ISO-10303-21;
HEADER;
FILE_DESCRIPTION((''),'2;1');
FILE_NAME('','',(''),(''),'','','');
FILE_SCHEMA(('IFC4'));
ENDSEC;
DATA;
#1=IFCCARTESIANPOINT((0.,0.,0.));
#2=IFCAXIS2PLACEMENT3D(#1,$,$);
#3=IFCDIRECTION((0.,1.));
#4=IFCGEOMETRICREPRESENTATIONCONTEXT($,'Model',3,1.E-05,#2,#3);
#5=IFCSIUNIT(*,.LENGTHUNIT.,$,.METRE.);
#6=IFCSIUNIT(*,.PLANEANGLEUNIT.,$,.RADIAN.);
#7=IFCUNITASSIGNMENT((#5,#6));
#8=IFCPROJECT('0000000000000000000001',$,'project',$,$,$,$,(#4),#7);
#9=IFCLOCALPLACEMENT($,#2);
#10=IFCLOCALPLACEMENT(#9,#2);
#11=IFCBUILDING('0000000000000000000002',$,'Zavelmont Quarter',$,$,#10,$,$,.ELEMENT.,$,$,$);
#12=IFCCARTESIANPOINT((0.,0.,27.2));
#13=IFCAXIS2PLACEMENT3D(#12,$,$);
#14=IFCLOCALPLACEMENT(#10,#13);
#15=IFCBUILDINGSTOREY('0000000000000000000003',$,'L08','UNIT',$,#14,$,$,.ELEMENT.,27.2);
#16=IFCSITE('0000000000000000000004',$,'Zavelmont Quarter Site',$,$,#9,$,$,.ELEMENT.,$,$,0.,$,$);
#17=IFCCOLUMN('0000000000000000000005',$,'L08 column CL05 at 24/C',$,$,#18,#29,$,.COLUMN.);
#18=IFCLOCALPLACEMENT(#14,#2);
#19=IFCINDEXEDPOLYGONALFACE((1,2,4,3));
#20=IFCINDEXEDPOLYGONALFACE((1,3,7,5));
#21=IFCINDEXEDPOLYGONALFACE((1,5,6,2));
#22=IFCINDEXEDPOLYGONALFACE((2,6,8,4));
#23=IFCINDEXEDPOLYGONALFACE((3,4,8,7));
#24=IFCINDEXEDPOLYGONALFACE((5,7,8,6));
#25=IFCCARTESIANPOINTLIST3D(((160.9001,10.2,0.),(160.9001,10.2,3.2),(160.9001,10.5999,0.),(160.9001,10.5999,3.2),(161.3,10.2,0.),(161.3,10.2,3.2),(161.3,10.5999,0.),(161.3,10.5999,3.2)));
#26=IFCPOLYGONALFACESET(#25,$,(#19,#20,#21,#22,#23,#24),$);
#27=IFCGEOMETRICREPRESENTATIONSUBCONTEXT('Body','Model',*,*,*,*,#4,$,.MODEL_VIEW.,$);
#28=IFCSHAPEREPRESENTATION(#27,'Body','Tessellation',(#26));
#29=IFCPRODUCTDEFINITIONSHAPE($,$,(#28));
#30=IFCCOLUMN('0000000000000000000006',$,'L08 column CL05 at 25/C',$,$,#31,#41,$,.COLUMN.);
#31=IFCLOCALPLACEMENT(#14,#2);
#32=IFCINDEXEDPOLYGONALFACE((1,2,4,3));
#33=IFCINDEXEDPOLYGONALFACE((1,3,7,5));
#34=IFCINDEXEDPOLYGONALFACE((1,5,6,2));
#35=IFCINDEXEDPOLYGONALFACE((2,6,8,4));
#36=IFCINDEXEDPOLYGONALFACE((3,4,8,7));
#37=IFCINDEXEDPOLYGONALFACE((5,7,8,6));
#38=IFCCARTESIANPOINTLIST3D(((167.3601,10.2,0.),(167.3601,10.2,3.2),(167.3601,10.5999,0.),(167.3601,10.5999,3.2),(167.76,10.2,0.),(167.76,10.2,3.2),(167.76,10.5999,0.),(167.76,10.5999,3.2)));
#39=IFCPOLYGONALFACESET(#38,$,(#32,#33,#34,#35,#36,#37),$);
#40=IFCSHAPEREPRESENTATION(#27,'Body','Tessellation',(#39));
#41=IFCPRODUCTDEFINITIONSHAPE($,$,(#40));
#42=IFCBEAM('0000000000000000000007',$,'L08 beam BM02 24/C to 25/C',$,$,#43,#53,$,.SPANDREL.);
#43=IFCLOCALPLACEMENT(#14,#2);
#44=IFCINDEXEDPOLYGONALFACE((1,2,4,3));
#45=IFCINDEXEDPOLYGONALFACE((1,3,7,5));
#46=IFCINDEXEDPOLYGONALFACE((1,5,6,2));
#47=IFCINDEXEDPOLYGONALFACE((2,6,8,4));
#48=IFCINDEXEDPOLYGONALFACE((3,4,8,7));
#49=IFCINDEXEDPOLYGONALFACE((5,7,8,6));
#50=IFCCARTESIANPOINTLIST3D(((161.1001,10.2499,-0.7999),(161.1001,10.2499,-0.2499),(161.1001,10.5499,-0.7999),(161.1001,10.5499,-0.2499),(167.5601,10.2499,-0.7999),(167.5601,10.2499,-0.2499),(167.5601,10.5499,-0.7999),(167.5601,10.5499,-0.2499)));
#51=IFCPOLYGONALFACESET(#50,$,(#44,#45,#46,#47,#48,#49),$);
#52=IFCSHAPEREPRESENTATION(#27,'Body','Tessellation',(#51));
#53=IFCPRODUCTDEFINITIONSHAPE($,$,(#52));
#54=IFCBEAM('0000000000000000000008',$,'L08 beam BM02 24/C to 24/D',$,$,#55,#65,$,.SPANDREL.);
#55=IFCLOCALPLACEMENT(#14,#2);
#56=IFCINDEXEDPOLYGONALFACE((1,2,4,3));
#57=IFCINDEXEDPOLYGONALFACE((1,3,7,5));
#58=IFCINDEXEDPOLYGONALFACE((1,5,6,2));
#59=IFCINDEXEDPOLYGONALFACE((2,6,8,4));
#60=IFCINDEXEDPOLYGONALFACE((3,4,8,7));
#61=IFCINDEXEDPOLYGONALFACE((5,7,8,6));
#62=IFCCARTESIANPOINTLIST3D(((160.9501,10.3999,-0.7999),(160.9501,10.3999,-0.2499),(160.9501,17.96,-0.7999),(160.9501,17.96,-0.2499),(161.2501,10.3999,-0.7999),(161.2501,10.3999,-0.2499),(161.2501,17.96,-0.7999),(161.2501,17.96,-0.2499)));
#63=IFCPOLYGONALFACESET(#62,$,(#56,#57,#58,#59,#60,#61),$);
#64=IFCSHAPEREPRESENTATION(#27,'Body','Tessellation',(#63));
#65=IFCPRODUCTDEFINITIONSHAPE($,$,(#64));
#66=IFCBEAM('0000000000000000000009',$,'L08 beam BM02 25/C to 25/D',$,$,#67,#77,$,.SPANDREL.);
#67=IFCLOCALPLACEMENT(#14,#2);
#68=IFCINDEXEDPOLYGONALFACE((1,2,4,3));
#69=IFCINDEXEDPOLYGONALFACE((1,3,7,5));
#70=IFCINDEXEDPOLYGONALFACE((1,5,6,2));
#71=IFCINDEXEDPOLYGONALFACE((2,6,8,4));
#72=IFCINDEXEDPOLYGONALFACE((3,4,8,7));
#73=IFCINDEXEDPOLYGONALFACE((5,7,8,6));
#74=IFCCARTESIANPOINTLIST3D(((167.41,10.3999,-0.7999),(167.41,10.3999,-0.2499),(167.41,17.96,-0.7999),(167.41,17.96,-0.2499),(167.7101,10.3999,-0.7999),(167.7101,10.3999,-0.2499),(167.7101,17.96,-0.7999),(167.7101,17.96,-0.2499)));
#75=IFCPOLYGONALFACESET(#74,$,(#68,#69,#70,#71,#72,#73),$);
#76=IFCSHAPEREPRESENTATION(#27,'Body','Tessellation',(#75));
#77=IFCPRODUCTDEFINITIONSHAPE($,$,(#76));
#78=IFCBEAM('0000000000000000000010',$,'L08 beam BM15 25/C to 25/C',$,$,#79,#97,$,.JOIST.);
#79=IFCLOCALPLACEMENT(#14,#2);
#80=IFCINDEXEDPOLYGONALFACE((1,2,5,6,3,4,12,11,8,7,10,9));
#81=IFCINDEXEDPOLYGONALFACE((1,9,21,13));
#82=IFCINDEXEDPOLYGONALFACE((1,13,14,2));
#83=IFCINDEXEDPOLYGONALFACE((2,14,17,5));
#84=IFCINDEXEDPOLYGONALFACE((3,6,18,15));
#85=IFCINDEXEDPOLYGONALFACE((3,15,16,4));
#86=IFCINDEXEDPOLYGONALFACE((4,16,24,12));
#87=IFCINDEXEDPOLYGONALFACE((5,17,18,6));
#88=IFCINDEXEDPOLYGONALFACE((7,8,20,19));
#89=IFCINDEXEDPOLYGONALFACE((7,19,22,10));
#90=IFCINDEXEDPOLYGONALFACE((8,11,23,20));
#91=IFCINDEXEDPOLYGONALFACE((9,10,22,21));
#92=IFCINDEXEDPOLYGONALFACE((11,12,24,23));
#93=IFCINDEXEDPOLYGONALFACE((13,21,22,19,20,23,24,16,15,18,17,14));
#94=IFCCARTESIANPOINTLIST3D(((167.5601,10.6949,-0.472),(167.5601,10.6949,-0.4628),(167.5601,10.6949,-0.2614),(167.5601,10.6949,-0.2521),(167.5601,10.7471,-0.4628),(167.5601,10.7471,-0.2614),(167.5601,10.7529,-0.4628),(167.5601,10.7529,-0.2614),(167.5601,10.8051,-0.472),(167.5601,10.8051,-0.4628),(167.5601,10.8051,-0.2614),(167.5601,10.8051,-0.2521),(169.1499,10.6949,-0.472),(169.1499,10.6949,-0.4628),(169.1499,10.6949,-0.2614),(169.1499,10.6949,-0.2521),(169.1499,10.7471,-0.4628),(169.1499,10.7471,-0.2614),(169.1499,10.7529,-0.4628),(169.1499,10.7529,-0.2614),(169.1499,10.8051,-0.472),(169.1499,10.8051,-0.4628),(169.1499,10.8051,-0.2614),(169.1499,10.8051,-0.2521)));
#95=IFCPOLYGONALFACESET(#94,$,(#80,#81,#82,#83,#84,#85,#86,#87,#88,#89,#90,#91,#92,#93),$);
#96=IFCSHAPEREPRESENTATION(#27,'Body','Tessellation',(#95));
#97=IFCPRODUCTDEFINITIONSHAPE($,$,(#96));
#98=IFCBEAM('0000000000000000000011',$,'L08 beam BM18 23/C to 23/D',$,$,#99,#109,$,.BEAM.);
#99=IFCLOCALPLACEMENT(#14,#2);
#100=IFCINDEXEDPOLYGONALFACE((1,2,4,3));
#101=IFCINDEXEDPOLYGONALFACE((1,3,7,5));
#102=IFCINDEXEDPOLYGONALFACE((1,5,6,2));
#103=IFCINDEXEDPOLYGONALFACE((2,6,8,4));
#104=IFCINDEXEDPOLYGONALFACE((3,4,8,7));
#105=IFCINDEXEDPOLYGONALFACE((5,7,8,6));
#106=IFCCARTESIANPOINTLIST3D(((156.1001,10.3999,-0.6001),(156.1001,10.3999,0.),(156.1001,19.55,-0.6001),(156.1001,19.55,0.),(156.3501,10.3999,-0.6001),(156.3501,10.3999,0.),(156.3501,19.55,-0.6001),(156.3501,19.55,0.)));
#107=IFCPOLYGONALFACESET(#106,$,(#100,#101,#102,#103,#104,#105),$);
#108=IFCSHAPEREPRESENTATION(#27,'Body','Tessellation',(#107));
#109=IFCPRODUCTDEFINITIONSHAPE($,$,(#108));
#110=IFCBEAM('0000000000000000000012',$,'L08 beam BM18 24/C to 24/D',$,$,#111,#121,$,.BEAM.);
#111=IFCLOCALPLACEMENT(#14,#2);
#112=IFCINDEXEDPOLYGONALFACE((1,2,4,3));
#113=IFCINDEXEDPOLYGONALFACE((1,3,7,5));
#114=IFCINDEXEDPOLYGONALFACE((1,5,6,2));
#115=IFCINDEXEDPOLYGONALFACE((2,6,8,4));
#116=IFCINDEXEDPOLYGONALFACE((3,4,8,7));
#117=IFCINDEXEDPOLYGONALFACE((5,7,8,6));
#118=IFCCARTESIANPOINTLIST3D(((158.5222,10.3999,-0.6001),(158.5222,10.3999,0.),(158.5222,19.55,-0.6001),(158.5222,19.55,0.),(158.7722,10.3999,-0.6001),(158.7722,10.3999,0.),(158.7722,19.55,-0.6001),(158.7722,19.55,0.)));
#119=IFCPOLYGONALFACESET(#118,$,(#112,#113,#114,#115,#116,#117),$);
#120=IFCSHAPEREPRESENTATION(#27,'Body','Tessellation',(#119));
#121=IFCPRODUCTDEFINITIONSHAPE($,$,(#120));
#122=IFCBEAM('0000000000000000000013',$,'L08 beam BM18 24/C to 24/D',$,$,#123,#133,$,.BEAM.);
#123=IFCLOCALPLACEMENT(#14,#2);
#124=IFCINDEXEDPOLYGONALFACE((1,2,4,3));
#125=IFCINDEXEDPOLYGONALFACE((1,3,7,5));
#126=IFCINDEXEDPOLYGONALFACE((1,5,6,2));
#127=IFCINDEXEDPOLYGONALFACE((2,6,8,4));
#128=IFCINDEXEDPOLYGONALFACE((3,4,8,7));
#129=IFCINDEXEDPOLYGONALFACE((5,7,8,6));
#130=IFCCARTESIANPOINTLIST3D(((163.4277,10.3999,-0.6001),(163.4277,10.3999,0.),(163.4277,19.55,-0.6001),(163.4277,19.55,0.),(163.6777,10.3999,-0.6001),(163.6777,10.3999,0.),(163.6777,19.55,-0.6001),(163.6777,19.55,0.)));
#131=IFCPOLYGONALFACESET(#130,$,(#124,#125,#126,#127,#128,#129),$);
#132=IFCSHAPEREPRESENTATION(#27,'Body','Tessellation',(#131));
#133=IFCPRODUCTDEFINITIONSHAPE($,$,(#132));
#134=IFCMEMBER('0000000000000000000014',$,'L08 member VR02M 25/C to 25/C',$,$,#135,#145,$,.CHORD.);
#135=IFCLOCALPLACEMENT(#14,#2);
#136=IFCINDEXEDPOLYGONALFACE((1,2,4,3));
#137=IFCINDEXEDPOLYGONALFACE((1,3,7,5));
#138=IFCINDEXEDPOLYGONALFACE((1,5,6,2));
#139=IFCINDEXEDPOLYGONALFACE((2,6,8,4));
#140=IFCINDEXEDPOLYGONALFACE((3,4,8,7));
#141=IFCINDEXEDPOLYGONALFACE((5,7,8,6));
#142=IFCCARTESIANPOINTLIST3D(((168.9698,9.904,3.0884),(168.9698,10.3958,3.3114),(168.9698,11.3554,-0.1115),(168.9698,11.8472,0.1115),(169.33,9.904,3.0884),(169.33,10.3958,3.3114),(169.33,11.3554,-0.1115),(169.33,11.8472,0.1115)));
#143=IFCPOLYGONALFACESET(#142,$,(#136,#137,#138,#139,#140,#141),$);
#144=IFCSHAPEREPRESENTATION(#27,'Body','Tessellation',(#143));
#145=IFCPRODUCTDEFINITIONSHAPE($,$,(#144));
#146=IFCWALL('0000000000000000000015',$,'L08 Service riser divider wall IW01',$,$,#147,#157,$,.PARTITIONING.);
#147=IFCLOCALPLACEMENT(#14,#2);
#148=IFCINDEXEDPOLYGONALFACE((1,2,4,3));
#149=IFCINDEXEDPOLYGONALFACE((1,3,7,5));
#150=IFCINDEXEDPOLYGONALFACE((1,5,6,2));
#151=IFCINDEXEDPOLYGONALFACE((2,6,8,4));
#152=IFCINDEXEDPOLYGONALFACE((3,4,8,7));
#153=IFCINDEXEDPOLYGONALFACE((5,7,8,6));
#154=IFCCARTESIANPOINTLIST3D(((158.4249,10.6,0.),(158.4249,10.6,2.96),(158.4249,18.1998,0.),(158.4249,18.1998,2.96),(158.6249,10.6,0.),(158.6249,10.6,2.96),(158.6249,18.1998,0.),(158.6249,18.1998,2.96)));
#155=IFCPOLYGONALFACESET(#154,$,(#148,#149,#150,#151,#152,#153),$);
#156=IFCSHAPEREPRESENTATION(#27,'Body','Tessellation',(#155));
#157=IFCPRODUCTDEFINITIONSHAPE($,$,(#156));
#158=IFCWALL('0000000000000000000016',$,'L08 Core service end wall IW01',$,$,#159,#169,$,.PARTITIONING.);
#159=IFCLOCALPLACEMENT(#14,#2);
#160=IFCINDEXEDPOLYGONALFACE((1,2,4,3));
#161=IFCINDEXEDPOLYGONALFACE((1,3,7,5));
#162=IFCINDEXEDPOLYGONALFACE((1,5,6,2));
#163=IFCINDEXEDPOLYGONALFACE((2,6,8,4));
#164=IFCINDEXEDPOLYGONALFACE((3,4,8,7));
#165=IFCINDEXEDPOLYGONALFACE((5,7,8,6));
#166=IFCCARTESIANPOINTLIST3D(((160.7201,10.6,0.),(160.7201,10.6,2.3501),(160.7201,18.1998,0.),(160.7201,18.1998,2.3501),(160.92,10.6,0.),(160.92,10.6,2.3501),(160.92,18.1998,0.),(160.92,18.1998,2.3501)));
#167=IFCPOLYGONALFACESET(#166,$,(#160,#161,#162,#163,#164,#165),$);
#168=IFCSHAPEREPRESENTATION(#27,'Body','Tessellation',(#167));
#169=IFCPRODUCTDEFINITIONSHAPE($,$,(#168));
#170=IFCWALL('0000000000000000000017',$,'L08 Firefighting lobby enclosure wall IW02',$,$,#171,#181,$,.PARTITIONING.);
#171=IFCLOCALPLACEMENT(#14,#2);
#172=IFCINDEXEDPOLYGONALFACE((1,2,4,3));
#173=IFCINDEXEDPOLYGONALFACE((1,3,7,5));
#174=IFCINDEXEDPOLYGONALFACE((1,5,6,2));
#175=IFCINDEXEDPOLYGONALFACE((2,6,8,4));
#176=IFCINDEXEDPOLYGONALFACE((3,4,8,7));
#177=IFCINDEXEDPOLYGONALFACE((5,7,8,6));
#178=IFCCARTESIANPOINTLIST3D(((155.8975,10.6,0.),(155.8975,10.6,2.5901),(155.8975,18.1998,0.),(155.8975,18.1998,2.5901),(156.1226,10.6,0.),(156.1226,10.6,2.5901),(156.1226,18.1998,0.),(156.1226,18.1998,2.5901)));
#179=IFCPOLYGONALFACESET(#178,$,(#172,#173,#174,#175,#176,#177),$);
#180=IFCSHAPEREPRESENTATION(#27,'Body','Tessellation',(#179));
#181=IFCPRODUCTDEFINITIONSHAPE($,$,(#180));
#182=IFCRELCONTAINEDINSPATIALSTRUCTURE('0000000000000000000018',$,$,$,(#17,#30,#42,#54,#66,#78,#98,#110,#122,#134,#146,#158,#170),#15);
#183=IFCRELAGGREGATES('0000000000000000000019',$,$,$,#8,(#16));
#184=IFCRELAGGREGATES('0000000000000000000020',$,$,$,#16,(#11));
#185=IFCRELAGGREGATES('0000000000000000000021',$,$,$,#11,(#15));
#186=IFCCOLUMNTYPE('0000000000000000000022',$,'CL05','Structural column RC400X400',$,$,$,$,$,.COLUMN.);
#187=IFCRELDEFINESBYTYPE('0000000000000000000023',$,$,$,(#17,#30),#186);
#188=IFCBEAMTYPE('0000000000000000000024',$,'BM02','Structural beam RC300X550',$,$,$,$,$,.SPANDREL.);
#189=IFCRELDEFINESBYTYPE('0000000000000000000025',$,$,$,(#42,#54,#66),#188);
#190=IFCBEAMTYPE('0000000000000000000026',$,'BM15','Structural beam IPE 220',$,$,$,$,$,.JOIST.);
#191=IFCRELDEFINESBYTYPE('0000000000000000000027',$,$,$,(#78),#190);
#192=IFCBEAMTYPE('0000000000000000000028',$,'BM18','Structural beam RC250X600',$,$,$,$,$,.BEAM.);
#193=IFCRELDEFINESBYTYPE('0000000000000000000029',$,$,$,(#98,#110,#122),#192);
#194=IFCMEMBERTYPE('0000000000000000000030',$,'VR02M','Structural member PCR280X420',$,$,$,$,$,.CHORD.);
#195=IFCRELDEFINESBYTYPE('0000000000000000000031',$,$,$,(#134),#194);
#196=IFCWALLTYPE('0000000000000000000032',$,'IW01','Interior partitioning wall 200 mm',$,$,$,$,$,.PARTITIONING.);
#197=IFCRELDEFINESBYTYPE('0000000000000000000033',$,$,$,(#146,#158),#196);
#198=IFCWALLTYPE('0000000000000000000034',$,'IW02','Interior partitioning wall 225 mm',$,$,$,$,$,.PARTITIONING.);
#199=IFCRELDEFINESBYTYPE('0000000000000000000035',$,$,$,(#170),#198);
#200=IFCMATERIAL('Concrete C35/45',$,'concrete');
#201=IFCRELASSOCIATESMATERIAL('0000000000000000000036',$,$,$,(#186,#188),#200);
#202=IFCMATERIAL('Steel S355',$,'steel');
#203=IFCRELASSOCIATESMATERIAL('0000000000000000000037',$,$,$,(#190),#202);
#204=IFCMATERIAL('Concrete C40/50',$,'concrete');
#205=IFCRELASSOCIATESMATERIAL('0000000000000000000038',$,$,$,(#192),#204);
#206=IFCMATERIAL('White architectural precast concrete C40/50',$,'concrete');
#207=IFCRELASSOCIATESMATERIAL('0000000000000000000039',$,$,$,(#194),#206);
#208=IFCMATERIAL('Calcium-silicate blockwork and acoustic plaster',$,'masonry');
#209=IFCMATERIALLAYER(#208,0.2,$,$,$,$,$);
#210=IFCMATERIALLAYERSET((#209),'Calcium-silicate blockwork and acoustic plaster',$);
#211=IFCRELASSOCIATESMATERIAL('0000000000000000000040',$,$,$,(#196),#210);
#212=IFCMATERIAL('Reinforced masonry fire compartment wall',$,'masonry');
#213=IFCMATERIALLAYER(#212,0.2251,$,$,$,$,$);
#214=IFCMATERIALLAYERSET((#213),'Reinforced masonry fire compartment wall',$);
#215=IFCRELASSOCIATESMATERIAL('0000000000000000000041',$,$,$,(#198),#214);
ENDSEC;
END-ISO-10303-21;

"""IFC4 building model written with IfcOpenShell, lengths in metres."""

from ifc_helpers import new_model, si_unit, direction, frame, frame_2d, origin, origin_2d, place, context, subcontext, project, spatial, rectangle, i_section, extrude, material, layer, layer_set, material_profile, profile_set, type_object, element, save


model = new_model("IFC4")

# Units and contexts
model_context = context("Model", 3, precision=1e-05, world=origin(), true_north=direction((0.0, 1.0)))
body_context = subcontext(model_context, "Body", "Model", "MODEL_VIEW")
ifc_project = project(units=[si_unit("LENGTHUNIT", "METRE"), si_unit("PLANEANGLEUNIT", "RADIAN")], contexts=[model_context])

# Site, building, storey
site_placement = place(None, origin())
site = spatial("IfcSite", under=ifc_project, at=site_placement, Name="Zavelmont Quarter Site", CompositionType="ELEMENT", RefElevation=0.0)
building_placement = place(site_placement, origin())
building = spatial("IfcBuilding", under=site, at=building_placement, Name="Zavelmont Quarter", CompositionType="ELEMENT")
storey_placement = place(building_placement, frame((0.0, 0.0, 27.2)))
storey = spatial("IfcBuildingStorey", under=building, at=storey_placement, Name="L08", Description="UNIT", CompositionType="ELEMENT", Elevation=27.2)

# Columns
ifc_material_1 = material(Name="Concrete C35/45", Category="concrete")
ifc_material_profile_1 = material_profile(ifc_material_1, rectangle(XDim=0.3999, YDim=0.3999, at=origin_2d()), Name="RC400X400")
ifc_profile_set_1 = profile_set([ifc_material_profile_1], Name="Concrete C35/45")
column_type = type_object("IfcColumnType", Name="CL05", Description="Structural column RC400X400", PredefinedType="COLUMN", material=ifc_profile_set_1)
for number, where, z_axis, x_axis, name in (
    (1, (161.1001, 10.3999, 0.0), (0.0, 0.0, 1.0), (1.0, 0.0, 0.0), "L08 column CL05 at 24/C"),
    (2, (167.5601, 10.3999, 0.0), (0.0, 0.0, 1.0), (1.0, 0.0, 0.0), "L08 column CL05 at 25/C"),
):
    element("IfcColumn", number, at=place(storey_placement, frame(where, z_axis=z_axis, x_axis=x_axis)), inside=storey, type_object=column_type, Name=name, PredefinedType="COLUMN", context=body_context, shape_type="SweptSolid", body=[
        extrude(rectangle(XDim=0.3999, YDim=0.3999, at=origin_2d()), origin(), (0.0, 0.0, 1.0), 3.2),
    ])

# Beams
ifc_material_profile_2 = material_profile(ifc_material_1, rectangle(XDim=0.3, YDim=0.55, at=origin_2d()), Name="RC300X550")
ifc_profile_set_2 = profile_set([ifc_material_profile_2], Name="Concrete C35/45")
beam_type_1 = type_object("IfcBeamType", Name="BM02", Description="Structural beam RC300X550", PredefinedType="SPANDREL", material=ifc_profile_set_2)
beam_1_placement = place(storey_placement, frame((161.1001, 10.3999, -0.5249), z_axis=(1.0, 0.0, 0.0), x_axis=(0.0, 1.0, 0.0)))
element("IfcBeam", 3, at=beam_1_placement, inside=storey, type_object=beam_type_1, Name="L08 beam BM02 24/C to 25/C", PredefinedType="SPANDREL", context=body_context, shape_type="SweptSolid", body=[
    extrude(rectangle(XDim=0.3, YDim=0.55, at=origin_2d()), origin(), (0.0, 0.0, 1.0), 6.46),
])
for number, where, z_axis, x_axis, name in (
    (4, (161.1001, 10.3999, -0.5249), (0.0, 1.0, 0.0), (-1.0, 0.0, 0.0), "L08 beam BM02 24/C to 24/D"),
    (5, (167.5601, 10.3999, -0.5249), (0.0, 1.0, 0.0), (-1.0, 0.0, 0.0), "L08 beam BM02 25/C to 25/D"),
):
    element("IfcBeam", number, at=place(storey_placement, frame(where, z_axis=z_axis, x_axis=x_axis)), inside=storey, type_object=beam_type_1, Name=name, PredefinedType="SPANDREL", context=body_context, shape_type="SweptSolid", body=[
        extrude(rectangle(XDim=0.3, YDim=0.55, at=origin_2d()), origin(), (0.0, 0.0, 1.0), 7.5601),
    ])
ifc_material_2 = material(Name="Steel S355", Category="steel")
ifc_material_profile_3 = material_profile(ifc_material_2, i_section(OverallWidth=0.1101, OverallDepth=0.22, WebThickness=0.0059, FlangeThickness=0.0093, at=origin_2d()), Name="IPE 220")
ifc_profile_set_3 = profile_set([ifc_material_profile_3], Name="Steel S355")
beam_type_2 = type_object("IfcBeamType", Name="BM15", Description="Structural beam IPE 220", PredefinedType="JOIST", material=ifc_profile_set_3)
beam_2_placement = place(storey_placement, frame((167.5601, 10.75, -0.3621), z_axis=(1.0, 0.0, 0.0), x_axis=(0.0, 1.0, 0.0)))
element("IfcBeam", 6, at=beam_2_placement, inside=storey, type_object=beam_type_2, Name="L08 beam BM15 25/C to 25/C", PredefinedType="JOIST", context=body_context, shape_type="SweptSolid", body=[
    extrude(i_section(OverallWidth=0.1101, OverallDepth=0.22, WebThickness=0.0059, FlangeThickness=0.0093, at=origin_2d()), origin(), (0.0, 0.0, 1.0), 1.5898),
])
ifc_material_3 = material(Name="Concrete C40/50", Category="concrete")
ifc_material_profile_4 = material_profile(ifc_material_3, rectangle(XDim=0.25, YDim=0.6001, at=origin_2d()), Name="RC250X600")
ifc_profile_set_4 = profile_set([ifc_material_profile_4], Name="Concrete C40/50")
beam_type_3 = type_object("IfcBeamType", Name="BM18", Description="Structural beam RC250X600", PredefinedType="BEAM", material=ifc_profile_set_4)
for number, where, z_axis, x_axis, name in (
    (7, (156.2251, 10.3999, -0.3), (0.0, 1.0, 0.0), (-1.0, 0.0, 0.0), "L08 beam BM18 23/C to 23/D"),
    (8, (158.6472, 10.3999, -0.3), (0.0, 1.0, 0.0), (-1.0, 0.0, 0.0), "L08 beam BM18 24/C to 24/D"),
    (9, (163.5527, 10.3999, -0.3), (0.0, 1.0, 0.0), (-1.0, 0.0, 0.0), "L08 beam BM18 24/C to 24/D"),
):
    element("IfcBeam", number, at=place(storey_placement, frame(where, z_axis=z_axis, x_axis=x_axis)), inside=storey, type_object=beam_type_3, Name=name, PredefinedType="BEAM", context=body_context, shape_type="SweptSolid", body=[
        extrude(rectangle(XDim=0.25, YDim=0.6001, at=origin_2d()), origin(), (0.0, 0.0, 1.0), 9.1501),
    ])

# Member
ifc_material_4 = material(Name="White architectural precast concrete C40/50", Category="concrete")
ifc_material_profile_5 = material_profile(ifc_material_4, rectangle(XDim=0.3601, YDim=0.54, at=origin_2d()), Name="PCR280X420")
ifc_profile_set_5 = profile_set([ifc_material_profile_5], Name="White architectural precast concrete C40/50")
member_type = type_object("IfcMemberType", Name="VR02M", Description="Structural member PCR280X420", PredefinedType="CHORD", material=ifc_profile_set_5)
member_placement = place(storey_placement, frame((169.1499, 11.6013, 0.0), z_axis=(0.0, -0.41307, 0.910699), x_axis=(1.0, 0.0, 0.0)))
element("IfcMember", 10, at=member_placement, inside=storey, type_object=member_type, Name="L08 member VR02M 25/C to 25/C", PredefinedType="CHORD", context=body_context, shape_type="SweptSolid", body=[
    extrude(rectangle(XDim=0.3601, YDim=0.54, at=origin_2d()), origin(), (0.0, 0.0, 1.0), 3.5137),
])

# Walls
ifc_material_5 = material(Name="Calcium-silicate blockwork and acoustic plaster", Category="masonry")
ifc_layer_1 = layer(ifc_material_5, 0.2)
ifc_layer_set_1 = layer_set([ifc_layer_1], Name="Calcium-silicate blockwork and acoustic plaster")
wall_type_1 = type_object("IfcWallType", Name="IW01", Description="Interior partitioning wall 200 mm", PredefinedType="PARTITIONING", material=ifc_layer_set_1)
wall_1_placement = place(storey_placement, frame((158.5249, 10.6001, 0.0), z_axis=(0.0, 0.0, 1.0), x_axis=(0.0, 1.0, 0.0)))
element("IfcWall", 11, at=wall_1_placement, inside=storey, type_object=wall_type_1, Name="L08 Service riser divider wall IW01", PredefinedType="PARTITIONING", context=body_context, shape_type="SweptSolid", body=[
    extrude(rectangle(XDim=7.5999, YDim=0.2, at=frame_2d((3.7998, 0.0))), origin(), (0.0, 0.0, 1.0), 2.96),
])
wall_2_placement = place(storey_placement, frame((160.8201, 10.6001, 0.0), z_axis=(0.0, 0.0, 1.0), x_axis=(0.0, 1.0, 0.0)))
element("IfcWall", 12, at=wall_2_placement, inside=storey, type_object=wall_type_1, Name="L08 Core service end wall IW01", PredefinedType="PARTITIONING", context=body_context, shape_type="SweptSolid", body=[
    extrude(rectangle(XDim=7.5999, YDim=0.2, at=frame_2d((3.7998, 0.0))), origin(), (0.0, 0.0, 1.0), 2.3501),
])

# Wall
ifc_material_6 = material(Name="Reinforced masonry fire compartment wall", Category="masonry")
ifc_layer_2 = layer(ifc_material_6, 0.2251)
ifc_layer_set_2 = layer_set([ifc_layer_2], Name="Reinforced masonry fire compartment wall")
wall_type_2 = type_object("IfcWallType", Name="IW02", Description="Interior partitioning wall 225 mm", PredefinedType="PARTITIONING", material=ifc_layer_set_2)
wall_3_placement = place(storey_placement, frame((156.01, 10.6001, 0.0), z_axis=(0.0, 0.0, 1.0), x_axis=(0.0, 1.0, 0.0)))
element("IfcWall", 13, at=wall_3_placement, inside=storey, type_object=wall_type_2, Name="L08 Firefighting lobby enclosure wall IW02", PredefinedType="PARTITIONING", context=body_context, shape_type="SweptSolid", body=[
    extrude(rectangle(XDim=7.5999, YDim=0.2251, at=frame_2d((3.7998, 0.0))), origin(), (0.0, 0.0, 1.0), 2.5901),
])

save(model, "model.ifc")
